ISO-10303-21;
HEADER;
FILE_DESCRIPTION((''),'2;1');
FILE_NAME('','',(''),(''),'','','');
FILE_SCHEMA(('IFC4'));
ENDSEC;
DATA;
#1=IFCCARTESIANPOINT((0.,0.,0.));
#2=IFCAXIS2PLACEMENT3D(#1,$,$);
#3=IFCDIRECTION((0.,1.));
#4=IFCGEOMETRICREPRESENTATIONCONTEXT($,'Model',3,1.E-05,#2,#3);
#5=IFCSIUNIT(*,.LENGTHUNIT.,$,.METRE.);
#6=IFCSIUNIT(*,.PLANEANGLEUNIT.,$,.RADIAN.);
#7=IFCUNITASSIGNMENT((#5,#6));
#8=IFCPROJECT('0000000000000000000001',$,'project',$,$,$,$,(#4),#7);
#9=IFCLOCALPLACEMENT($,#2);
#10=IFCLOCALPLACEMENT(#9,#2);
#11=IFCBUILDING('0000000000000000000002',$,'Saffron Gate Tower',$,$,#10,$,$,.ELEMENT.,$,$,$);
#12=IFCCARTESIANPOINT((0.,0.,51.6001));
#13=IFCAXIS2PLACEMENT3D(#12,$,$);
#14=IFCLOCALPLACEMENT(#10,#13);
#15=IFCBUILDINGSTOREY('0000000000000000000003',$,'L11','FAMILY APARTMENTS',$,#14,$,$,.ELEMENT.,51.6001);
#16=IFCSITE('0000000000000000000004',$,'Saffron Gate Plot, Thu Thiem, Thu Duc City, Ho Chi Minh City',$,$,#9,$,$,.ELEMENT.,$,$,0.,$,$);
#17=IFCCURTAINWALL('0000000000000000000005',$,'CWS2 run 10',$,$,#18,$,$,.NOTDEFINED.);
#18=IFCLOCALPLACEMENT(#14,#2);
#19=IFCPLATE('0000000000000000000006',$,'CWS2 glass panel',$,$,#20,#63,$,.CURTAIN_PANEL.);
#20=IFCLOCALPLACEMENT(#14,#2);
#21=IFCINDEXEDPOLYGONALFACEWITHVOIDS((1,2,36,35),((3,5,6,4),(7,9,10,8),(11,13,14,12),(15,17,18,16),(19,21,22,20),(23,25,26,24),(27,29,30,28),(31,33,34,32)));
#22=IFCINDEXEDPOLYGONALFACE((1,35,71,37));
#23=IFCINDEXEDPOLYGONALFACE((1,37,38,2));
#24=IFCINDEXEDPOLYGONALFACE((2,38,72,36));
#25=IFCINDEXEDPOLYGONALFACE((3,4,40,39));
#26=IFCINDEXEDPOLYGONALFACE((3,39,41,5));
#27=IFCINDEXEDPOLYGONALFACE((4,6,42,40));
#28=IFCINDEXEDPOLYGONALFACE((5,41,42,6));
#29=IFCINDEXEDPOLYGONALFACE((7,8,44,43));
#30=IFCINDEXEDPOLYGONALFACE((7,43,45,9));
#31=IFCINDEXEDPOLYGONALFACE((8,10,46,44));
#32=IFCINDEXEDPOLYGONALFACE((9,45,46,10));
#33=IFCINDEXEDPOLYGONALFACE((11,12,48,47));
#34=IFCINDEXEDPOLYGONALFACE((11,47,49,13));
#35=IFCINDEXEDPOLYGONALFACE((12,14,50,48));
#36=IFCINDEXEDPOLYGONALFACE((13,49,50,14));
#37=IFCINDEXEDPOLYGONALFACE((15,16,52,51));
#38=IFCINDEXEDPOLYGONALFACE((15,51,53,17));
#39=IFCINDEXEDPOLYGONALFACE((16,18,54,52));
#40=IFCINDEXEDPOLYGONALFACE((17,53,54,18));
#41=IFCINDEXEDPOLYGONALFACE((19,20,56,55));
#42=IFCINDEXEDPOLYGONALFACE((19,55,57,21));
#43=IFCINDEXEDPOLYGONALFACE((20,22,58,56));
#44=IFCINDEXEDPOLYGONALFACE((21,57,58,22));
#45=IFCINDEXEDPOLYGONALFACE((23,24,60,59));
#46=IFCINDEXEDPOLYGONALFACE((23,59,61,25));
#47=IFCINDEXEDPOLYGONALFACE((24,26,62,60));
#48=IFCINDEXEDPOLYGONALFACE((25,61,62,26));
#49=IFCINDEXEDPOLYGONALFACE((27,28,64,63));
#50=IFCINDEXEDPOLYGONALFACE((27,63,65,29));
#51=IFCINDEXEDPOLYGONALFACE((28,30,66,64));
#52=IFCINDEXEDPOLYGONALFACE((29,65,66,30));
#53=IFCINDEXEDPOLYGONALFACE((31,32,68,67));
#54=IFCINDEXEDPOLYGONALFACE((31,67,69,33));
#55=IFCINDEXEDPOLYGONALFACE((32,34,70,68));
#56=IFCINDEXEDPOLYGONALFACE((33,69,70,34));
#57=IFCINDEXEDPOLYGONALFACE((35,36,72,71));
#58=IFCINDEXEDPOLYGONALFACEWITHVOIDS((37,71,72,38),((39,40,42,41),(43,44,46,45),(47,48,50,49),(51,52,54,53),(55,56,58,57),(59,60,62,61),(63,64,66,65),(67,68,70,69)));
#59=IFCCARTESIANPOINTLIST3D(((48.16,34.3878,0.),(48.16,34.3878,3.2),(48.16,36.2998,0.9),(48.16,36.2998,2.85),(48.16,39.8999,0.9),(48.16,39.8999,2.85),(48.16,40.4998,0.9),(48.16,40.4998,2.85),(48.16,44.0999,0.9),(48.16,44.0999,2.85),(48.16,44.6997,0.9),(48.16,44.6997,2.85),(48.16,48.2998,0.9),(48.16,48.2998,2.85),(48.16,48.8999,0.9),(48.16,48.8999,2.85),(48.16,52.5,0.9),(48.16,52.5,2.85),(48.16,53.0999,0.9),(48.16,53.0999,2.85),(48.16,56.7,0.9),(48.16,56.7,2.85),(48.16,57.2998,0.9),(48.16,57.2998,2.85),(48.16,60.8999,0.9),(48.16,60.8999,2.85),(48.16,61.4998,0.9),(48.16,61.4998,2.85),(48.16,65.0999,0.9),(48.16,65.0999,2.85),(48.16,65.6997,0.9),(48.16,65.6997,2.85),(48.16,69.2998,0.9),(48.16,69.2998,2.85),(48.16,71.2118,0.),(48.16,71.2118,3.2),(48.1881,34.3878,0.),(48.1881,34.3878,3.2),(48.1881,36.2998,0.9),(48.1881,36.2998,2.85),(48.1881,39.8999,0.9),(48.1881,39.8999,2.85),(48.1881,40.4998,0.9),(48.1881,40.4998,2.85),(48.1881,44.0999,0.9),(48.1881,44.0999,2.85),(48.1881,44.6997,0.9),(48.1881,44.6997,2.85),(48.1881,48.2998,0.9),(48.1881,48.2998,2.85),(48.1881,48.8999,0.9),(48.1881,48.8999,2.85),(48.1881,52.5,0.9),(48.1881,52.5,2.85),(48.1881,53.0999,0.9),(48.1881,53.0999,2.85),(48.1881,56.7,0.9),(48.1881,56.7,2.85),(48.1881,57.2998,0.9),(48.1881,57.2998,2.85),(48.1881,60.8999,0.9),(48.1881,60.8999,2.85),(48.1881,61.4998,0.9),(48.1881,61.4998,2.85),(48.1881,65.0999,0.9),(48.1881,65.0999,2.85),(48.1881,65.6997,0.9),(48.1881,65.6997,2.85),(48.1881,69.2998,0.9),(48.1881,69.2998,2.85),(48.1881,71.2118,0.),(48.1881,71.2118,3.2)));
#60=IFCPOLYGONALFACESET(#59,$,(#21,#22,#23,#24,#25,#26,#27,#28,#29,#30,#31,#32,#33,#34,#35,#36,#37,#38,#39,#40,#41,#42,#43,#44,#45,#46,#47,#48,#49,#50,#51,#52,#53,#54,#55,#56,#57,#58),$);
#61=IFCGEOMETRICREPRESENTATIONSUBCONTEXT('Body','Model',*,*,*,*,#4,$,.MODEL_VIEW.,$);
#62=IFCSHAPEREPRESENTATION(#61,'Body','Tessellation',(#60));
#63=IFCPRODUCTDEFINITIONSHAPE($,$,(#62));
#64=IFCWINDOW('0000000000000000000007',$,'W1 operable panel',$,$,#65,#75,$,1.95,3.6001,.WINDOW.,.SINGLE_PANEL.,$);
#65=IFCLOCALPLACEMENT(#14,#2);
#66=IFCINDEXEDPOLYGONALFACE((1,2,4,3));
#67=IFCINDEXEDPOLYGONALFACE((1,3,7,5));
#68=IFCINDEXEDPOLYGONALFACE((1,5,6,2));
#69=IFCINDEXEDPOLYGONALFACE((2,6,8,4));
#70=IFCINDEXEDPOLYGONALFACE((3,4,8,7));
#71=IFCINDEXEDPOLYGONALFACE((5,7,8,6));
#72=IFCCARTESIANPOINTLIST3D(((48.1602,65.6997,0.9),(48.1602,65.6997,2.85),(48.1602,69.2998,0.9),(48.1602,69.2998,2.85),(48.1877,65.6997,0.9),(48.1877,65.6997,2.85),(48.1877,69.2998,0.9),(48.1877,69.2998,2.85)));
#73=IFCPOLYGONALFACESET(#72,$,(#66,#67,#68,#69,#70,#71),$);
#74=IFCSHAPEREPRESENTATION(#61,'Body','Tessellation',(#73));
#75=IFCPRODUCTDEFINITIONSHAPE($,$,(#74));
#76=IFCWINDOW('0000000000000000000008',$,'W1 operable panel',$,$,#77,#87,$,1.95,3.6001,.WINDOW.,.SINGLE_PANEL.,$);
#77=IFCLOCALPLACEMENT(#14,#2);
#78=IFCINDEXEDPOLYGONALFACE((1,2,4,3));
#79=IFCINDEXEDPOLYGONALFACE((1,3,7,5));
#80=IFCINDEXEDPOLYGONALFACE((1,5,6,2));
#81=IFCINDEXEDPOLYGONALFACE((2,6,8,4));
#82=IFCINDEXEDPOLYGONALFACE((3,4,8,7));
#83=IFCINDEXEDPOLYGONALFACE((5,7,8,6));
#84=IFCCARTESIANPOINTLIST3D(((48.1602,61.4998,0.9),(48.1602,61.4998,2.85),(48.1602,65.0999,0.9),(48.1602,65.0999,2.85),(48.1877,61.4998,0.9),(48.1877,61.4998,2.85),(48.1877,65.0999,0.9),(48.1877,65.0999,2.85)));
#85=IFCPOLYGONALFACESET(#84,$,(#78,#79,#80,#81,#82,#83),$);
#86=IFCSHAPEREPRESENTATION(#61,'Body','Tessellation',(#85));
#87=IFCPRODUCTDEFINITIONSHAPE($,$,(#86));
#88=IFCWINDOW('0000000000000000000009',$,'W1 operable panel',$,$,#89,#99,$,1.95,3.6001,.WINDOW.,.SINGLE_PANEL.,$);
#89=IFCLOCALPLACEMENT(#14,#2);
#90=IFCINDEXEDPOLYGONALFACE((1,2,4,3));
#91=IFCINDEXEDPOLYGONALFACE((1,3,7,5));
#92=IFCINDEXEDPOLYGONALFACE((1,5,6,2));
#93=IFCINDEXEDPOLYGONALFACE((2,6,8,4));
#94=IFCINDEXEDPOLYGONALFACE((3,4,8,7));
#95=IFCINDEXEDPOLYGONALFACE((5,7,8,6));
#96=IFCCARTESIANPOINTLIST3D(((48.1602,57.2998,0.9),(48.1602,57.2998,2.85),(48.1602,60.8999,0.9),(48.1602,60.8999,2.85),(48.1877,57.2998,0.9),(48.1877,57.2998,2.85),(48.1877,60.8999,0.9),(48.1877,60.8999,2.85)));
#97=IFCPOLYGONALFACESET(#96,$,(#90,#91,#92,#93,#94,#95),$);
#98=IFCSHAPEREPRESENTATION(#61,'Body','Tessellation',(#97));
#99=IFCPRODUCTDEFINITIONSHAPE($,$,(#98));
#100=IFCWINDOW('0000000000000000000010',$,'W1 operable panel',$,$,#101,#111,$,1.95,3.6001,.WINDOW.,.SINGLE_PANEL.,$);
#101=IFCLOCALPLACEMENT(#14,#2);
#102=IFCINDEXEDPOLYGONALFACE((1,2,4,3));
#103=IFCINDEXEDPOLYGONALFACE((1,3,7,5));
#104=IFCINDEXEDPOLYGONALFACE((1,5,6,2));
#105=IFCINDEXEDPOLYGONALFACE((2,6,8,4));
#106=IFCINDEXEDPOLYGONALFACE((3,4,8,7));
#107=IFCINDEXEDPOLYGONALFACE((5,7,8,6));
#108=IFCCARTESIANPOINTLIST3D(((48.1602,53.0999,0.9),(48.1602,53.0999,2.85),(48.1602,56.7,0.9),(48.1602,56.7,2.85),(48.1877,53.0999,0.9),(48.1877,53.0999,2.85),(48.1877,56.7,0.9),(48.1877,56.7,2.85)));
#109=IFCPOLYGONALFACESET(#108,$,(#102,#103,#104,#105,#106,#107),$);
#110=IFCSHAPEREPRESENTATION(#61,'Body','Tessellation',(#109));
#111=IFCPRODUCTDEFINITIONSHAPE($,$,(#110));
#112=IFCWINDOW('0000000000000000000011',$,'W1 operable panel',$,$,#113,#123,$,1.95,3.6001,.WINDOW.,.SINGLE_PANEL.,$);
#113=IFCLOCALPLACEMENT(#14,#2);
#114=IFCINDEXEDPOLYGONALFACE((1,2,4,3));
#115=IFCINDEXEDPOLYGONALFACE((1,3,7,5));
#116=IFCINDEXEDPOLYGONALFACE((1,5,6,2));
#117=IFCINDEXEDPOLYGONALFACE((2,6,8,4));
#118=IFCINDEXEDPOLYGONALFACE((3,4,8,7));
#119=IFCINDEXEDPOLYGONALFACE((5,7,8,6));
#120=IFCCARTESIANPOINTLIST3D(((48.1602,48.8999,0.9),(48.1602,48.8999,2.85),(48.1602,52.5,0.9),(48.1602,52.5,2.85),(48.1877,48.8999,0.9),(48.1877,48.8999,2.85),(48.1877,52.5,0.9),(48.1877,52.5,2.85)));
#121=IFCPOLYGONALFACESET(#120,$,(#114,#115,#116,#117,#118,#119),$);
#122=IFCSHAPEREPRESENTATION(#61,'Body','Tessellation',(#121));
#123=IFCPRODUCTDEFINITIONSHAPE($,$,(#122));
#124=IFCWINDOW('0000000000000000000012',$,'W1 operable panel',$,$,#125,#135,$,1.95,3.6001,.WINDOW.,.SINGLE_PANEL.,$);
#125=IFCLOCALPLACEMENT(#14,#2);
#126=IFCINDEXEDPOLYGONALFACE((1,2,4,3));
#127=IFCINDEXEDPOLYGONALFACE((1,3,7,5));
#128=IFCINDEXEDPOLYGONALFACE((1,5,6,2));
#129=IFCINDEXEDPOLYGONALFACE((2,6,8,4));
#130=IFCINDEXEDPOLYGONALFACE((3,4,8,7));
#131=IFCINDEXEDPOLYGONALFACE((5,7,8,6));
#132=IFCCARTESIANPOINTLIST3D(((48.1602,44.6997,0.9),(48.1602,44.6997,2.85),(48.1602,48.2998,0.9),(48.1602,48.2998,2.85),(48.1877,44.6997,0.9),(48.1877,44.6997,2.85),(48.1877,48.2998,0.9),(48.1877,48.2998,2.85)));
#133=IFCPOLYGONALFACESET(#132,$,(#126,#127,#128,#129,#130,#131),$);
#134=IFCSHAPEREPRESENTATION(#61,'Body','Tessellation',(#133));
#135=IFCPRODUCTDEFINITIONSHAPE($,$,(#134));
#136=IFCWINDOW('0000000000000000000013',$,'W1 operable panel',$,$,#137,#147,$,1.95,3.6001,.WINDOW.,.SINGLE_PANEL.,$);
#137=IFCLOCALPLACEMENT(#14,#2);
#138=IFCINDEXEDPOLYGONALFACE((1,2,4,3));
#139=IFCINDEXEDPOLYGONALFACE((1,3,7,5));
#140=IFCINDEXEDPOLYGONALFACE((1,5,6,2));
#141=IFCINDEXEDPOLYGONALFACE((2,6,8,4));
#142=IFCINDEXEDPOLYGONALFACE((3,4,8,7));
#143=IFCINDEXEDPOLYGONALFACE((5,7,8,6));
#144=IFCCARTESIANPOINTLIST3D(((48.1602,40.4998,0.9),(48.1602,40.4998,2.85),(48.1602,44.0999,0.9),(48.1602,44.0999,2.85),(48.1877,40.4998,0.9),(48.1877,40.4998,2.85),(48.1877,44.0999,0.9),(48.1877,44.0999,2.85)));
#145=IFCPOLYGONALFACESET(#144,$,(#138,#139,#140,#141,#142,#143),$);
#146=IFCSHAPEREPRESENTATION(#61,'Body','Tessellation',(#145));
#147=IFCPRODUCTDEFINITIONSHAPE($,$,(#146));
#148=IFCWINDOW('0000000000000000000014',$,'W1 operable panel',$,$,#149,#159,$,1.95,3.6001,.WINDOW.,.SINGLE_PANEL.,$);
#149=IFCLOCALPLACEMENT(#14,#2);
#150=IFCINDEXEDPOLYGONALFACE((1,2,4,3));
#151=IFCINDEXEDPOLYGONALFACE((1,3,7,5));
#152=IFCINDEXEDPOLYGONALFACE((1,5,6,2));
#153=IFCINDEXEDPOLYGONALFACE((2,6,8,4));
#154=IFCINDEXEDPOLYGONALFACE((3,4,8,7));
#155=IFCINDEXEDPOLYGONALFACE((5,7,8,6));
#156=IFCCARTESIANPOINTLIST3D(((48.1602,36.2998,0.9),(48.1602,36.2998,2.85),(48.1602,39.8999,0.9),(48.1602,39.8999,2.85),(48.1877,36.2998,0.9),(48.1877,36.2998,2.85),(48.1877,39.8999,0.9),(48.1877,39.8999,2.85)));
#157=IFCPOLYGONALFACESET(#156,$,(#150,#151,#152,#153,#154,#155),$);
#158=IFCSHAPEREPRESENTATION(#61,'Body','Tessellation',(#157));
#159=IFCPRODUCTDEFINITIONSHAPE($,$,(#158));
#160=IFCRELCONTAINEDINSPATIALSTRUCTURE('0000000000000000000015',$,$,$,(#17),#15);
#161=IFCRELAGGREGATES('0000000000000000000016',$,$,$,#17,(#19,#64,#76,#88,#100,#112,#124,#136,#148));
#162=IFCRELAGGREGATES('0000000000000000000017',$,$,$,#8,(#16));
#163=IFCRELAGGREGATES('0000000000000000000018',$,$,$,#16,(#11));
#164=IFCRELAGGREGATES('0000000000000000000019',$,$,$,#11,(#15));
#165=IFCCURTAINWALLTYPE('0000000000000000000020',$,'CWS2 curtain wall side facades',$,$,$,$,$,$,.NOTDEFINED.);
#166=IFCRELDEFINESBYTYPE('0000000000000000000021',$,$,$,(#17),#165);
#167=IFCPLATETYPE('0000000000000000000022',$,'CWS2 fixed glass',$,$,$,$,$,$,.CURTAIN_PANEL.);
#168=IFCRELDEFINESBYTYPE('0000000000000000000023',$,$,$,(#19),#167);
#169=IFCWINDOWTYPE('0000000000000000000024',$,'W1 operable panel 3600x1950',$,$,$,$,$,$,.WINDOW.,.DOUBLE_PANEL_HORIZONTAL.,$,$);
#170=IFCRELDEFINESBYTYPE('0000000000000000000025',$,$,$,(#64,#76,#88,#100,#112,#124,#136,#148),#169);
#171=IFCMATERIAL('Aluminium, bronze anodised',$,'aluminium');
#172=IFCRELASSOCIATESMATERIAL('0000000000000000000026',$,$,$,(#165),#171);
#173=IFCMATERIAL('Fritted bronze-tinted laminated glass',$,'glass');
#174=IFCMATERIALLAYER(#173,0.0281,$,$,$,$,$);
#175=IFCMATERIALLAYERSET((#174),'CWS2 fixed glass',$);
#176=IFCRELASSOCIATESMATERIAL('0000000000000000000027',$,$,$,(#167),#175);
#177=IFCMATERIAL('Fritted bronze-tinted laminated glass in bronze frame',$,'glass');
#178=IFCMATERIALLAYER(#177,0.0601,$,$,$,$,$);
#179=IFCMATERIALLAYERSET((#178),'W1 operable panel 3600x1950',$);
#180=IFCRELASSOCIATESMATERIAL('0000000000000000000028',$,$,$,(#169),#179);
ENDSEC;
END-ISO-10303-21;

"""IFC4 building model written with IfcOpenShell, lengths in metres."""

from ifc_helpers import new_model, si_unit, direction, frame, frame_2d, origin, place, context, subcontext, project, spatial, rectangle, extrude, material, layer, layer_set, type_object, element, fill, aggregate, save


model = new_model("IFC4")

# Units and contexts
model_context = context("Model", 3, precision=1e-05, world=origin(), true_north=direction((0.0, 1.0)))
body_context = subcontext(model_context, "Body", "Model", "MODEL_VIEW")
ifc_project = project(units=[si_unit("LENGTHUNIT", "METRE"), si_unit("PLANEANGLEUNIT", "RADIAN")], contexts=[model_context])

# Site, building, storey
site_placement = place(None, origin())
site = spatial("IfcSite", under=ifc_project, at=site_placement, Name="Saffron Gate Plot, Thu Thiem, Thu Duc City, Ho Chi Minh City", CompositionType="ELEMENT", RefElevation=0.0)
building_placement = place(site_placement, origin())
building = spatial("IfcBuilding", under=site, at=building_placement, Name="Saffron Gate Tower", CompositionType="ELEMENT")
storey_placement = place(building_placement, frame((0.0, 0.0, 51.6001)))
storey = spatial("IfcBuildingStorey", under=building, at=storey_placement, Name="L11", Description="FAMILY APARTMENTS", CompositionType="ELEMENT", Elevation=51.6001)

# Curtain wall
ifc_material_1 = material(Name="Aluminium, bronze anodised", Category="aluminium")
curtain_wall_type_1 = type_object("IfcCurtainWallType", Name="CWS2 curtain wall side facades", PredefinedType="NOTDEFINED", material=ifc_material_1)
curtain_wall_1_placement = place(storey_placement, origin())
curtain_wall_1 = element("IfcCurtainWall", 1, at=curtain_wall_1_placement, inside=storey, type_object=curtain_wall_type_1, Name="CWS2 run 10", PredefinedType="NOTDEFINED")

# Plate, openings, windows
ifc_material_2 = material(Name="Fritted bronze-tinted laminated glass", Category="glass")
ifc_layer_1 = layer(ifc_material_2, 0.0281)
ifc_layer_set_1 = layer_set([ifc_layer_1], Name="CWS2 fixed glass")
plate_type_1 = type_object("IfcPlateType", Name="CWS2 fixed glass", PredefinedType="CURTAIN_PANEL", material=ifc_layer_set_1)
plate_1_placement = place(storey_placement, frame((48.1741, 71.2119, 0.0), z_axis=(0.0, 0.0, 1.0), x_axis=(0.0, -1.0, 0.0)))
plate_1 = element("IfcPlate", 2, at=plate_1_placement, type_object=plate_type_1, Name="CWS2 glass panel", PredefinedType="CURTAIN_PANEL", context=body_context, shape_type="SweptSolid", body=[
    extrude(rectangle(XDim=36.824, YDim=0.0281, at=frame_2d((18.4121, 0.0))), origin(), (0.0, 0.0, 1.0), 3.2),
])
opening_1_placement = place(plate_1_placement, frame((1.9121, 0.0, 0.8999)))
opening_1 = element("IfcOpeningElement", 3, at=opening_1_placement, cuts=plate_1, PredefinedType="OPENING", context=body_context, shape_type="SweptSolid", body=[
    extrude(rectangle(XDim=3.6001, YDim=1.95, at=frame_2d((1.8, 0.9751))), frame((0.0, 0.0239, 0.0), z_axis=(0.0, -1.0, 0.0), x_axis=(1.0, 0.0, 0.0)), (0.0, 0.0, 1.0), 0.0481),
])
opening_2_placement = place(plate_1_placement, frame((6.1121, 0.0, 0.8999)))
opening_2 = element("IfcOpeningElement", 4, at=opening_2_placement, cuts=plate_1, PredefinedType="OPENING", context=body_context, shape_type="SweptSolid", body=[
    extrude(rectangle(XDim=3.6001, YDim=1.95, at=frame_2d((1.8, 0.9751))), frame((0.0, 0.0239, 0.0), z_axis=(0.0, -1.0, 0.0), x_axis=(1.0, 0.0, 0.0)), (0.0, 0.0, 1.0), 0.0481),
])
opening_3_placement = place(plate_1_placement, frame((10.312, 0.0, 0.8999)))
opening_3 = element("IfcOpeningElement", 5, at=opening_3_placement, cuts=plate_1, PredefinedType="OPENING", context=body_context, shape_type="SweptSolid", body=[
    extrude(rectangle(XDim=3.6001, YDim=1.95, at=frame_2d((1.8, 0.9751))), frame((0.0, 0.0239, 0.0), z_axis=(0.0, -1.0, 0.0), x_axis=(1.0, 0.0, 0.0)), (0.0, 0.0, 1.0), 0.0481),
])
opening_4_placement = place(plate_1_placement, frame((14.512, 0.0, 0.8999)))
opening_4 = element("IfcOpeningElement", 6, at=opening_4_placement, cuts=plate_1, PredefinedType="OPENING", context=body_context, shape_type="SweptSolid", body=[
    extrude(rectangle(XDim=3.6001, YDim=1.95, at=frame_2d((1.8, 0.9751))), frame((0.0, 0.0239, 0.0), z_axis=(0.0, -1.0, 0.0), x_axis=(1.0, 0.0, 0.0)), (0.0, 0.0, 1.0), 0.0481),
])
opening_5_placement = place(plate_1_placement, frame((18.7119, 0.0, 0.8999)))
opening_5 = element("IfcOpeningElement", 7, at=opening_5_placement, cuts=plate_1, PredefinedType="OPENING", context=body_context, shape_type="SweptSolid", body=[
    extrude(rectangle(XDim=3.6001, YDim=1.95, at=frame_2d((1.8, 0.9751))), frame((0.0, 0.0239, 0.0), z_axis=(0.0, -1.0, 0.0), x_axis=(1.0, 0.0, 0.0)), (0.0, 0.0, 1.0), 0.0481),
])
opening_6_placement = place(plate_1_placement, frame((22.9121, 0.0, 0.8999)))
opening_6 = element("IfcOpeningElement", 8, at=opening_6_placement, cuts=plate_1, PredefinedType="OPENING", context=body_context, shape_type="SweptSolid", body=[
    extrude(rectangle(XDim=3.6001, YDim=1.95, at=frame_2d((1.8, 0.9751))), frame((0.0, 0.0239, 0.0), z_axis=(0.0, -1.0, 0.0), x_axis=(1.0, 0.0, 0.0)), (0.0, 0.0, 1.0), 0.0481),
])
opening_7_placement = place(plate_1_placement, frame((27.1121, 0.0, 0.8999)))
opening_7 = element("IfcOpeningElement", 9, at=opening_7_placement, cuts=plate_1, PredefinedType="OPENING", context=body_context, shape_type="SweptSolid", body=[
    extrude(rectangle(XDim=3.6001, YDim=1.95, at=frame_2d((1.8, 0.9751))), frame((0.0, 0.0239, 0.0), z_axis=(0.0, -1.0, 0.0), x_axis=(1.0, 0.0, 0.0)), (0.0, 0.0, 1.0), 0.0481),
])
opening_8_placement = place(plate_1_placement, frame((31.312, 0.0, 0.8999)))
opening_8 = element("IfcOpeningElement", 10, at=opening_8_placement, cuts=plate_1, PredefinedType="OPENING", context=body_context, shape_type="SweptSolid", body=[
    extrude(rectangle(XDim=3.6001, YDim=1.95, at=frame_2d((1.8, 0.9751))), frame((0.0, 0.0239, 0.0), z_axis=(0.0, -1.0, 0.0), x_axis=(1.0, 0.0, 0.0)), (0.0, 0.0, 1.0), 0.0481),
])
ifc_material_3 = material(Name="Fritted bronze-tinted laminated glass in bronze frame", Category="glass")
ifc_layer_2 = layer(ifc_material_3, 0.0601)
ifc_layer_set_2 = layer_set([ifc_layer_2], Name="W1 operable panel 3600x1950")
window_type = type_object("IfcWindowType", Name="W1 operable panel 3600x1950", PartitioningType="DOUBLE_PANEL_HORIZONTAL", PredefinedType="WINDOW", material=ifc_layer_set_2)
window_1_placement = place(opening_1_placement, origin())
window_1 = element("IfcWindow", 11, at=window_1_placement, type_object=window_type, Name="W1 operable panel", OverallHeight=1.95, OverallWidth=3.6001, PartitioningType="SINGLE_PANEL", PredefinedType="WINDOW", context=body_context, shape_type="SweptSolid", body=[
    extrude(rectangle(XDim=3.6001, YDim=1.95, at=frame_2d((1.8, 0.9751))), frame((0.0, 0.0137, 0.0), z_axis=(0.0, -1.0, 0.0), x_axis=(1.0, 0.0, 0.0)), (0.0, 0.0, 1.0), 0.0276),
])
fill(opening_1, window_1)
window_2_placement = place(opening_2_placement, origin())
window_2 = element("IfcWindow", 12, at=window_2_placement, type_object=window_type, Name="W1 operable panel", OverallHeight=1.95, OverallWidth=3.6001, PartitioningType="SINGLE_PANEL", PredefinedType="WINDOW", context=body_context, shape_type="SweptSolid", body=[
    extrude(rectangle(XDim=3.6001, YDim=1.95, at=frame_2d((1.8, 0.9751))), frame((0.0, 0.0137, 0.0), z_axis=(0.0, -1.0, 0.0), x_axis=(1.0, 0.0, 0.0)), (0.0, 0.0, 1.0), 0.0276),
])
fill(opening_2, window_2)
window_3_placement = place(opening_3_placement, origin())
window_3 = element("IfcWindow", 13, at=window_3_placement, type_object=window_type, Name="W1 operable panel", OverallHeight=1.95, OverallWidth=3.6001, PartitioningType="SINGLE_PANEL", PredefinedType="WINDOW", context=body_context, shape_type="SweptSolid", body=[
    extrude(rectangle(XDim=3.6001, YDim=1.95, at=frame_2d((1.8, 0.9751))), frame((0.0, 0.0137, 0.0), z_axis=(0.0, -1.0, 0.0), x_axis=(1.0, 0.0, 0.0)), (0.0, 0.0, 1.0), 0.0276),
])
fill(opening_3, window_3)
window_4_placement = place(opening_4_placement, origin())
window_4 = element("IfcWindow", 14, at=window_4_placement, type_object=window_type, Name="W1 operable panel", OverallHeight=1.95, OverallWidth=3.6001, PartitioningType="SINGLE_PANEL", PredefinedType="WINDOW", context=body_context, shape_type="SweptSolid", body=[
    extrude(rectangle(XDim=3.6001, YDim=1.95, at=frame_2d((1.8, 0.9751))), frame((0.0, 0.0137, 0.0), z_axis=(0.0, -1.0, 0.0), x_axis=(1.0, 0.0, 0.0)), (0.0, 0.0, 1.0), 0.0276),
])
fill(opening_4, window_4)
window_5_placement = place(opening_5_placement, origin())
window_5 = element("IfcWindow", 15, at=window_5_placement, type_object=window_type, Name="W1 operable panel", OverallHeight=1.95, OverallWidth=3.6001, PartitioningType="SINGLE_PANEL", PredefinedType="WINDOW", context=body_context, shape_type="SweptSolid", body=[
    extrude(rectangle(XDim=3.6001, YDim=1.95, at=frame_2d((1.8, 0.9751))), frame((0.0, 0.0137, 0.0), z_axis=(0.0, -1.0, 0.0), x_axis=(1.0, 0.0, 0.0)), (0.0, 0.0, 1.0), 0.0276),
])
fill(opening_5, window_5)
window_6_placement = place(opening_6_placement, origin())
window_6 = element("IfcWindow", 16, at=window_6_placement, type_object=window_type, Name="W1 operable panel", OverallHeight=1.95, OverallWidth=3.6001, PartitioningType="SINGLE_PANEL", PredefinedType="WINDOW", context=body_context, shape_type="SweptSolid", body=[
    extrude(rectangle(XDim=3.6001, YDim=1.95, at=frame_2d((1.8, 0.9751))), frame((0.0, 0.0137, 0.0), z_axis=(0.0, -1.0, 0.0), x_axis=(1.0, 0.0, 0.0)), (0.0, 0.0, 1.0), 0.0276),
])
fill(opening_6, window_6)
window_7_placement = place(opening_7_placement, origin())
window_7 = element("IfcWindow", 17, at=window_7_placement, type_object=window_type, Name="W1 operable panel", OverallHeight=1.95, OverallWidth=3.6001, PartitioningType="SINGLE_PANEL", PredefinedType="WINDOW", context=body_context, shape_type="SweptSolid", body=[
    extrude(rectangle(XDim=3.6001, YDim=1.95, at=frame_2d((1.8, 0.9751))), frame((0.0, 0.0137, 0.0), z_axis=(0.0, -1.0, 0.0), x_axis=(1.0, 0.0, 0.0)), (0.0, 0.0, 1.0), 0.0276),
])
fill(opening_7, window_7)
window_8_placement = place(opening_8_placement, origin())
window_8 = element("IfcWindow", 18, at=window_8_placement, type_object=window_type, Name="W1 operable panel", OverallHeight=1.95, OverallWidth=3.6001, PartitioningType="SINGLE_PANEL", PredefinedType="WINDOW", context=body_context, shape_type="SweptSolid", body=[
    extrude(rectangle(XDim=3.6001, YDim=1.95, at=frame_2d((1.8, 0.9751))), frame((0.0, 0.0137, 0.0), z_axis=(0.0, -1.0, 0.0), x_axis=(1.0, 0.0, 0.0)), (0.0, 0.0, 1.0), 0.0276),
])
fill(opening_8, window_8)
aggregate(curtain_wall_1, [plate_1, window_1, window_2, window_3, window_4, window_5, window_6, window_7, window_8])

save(model, "model.ifc")
